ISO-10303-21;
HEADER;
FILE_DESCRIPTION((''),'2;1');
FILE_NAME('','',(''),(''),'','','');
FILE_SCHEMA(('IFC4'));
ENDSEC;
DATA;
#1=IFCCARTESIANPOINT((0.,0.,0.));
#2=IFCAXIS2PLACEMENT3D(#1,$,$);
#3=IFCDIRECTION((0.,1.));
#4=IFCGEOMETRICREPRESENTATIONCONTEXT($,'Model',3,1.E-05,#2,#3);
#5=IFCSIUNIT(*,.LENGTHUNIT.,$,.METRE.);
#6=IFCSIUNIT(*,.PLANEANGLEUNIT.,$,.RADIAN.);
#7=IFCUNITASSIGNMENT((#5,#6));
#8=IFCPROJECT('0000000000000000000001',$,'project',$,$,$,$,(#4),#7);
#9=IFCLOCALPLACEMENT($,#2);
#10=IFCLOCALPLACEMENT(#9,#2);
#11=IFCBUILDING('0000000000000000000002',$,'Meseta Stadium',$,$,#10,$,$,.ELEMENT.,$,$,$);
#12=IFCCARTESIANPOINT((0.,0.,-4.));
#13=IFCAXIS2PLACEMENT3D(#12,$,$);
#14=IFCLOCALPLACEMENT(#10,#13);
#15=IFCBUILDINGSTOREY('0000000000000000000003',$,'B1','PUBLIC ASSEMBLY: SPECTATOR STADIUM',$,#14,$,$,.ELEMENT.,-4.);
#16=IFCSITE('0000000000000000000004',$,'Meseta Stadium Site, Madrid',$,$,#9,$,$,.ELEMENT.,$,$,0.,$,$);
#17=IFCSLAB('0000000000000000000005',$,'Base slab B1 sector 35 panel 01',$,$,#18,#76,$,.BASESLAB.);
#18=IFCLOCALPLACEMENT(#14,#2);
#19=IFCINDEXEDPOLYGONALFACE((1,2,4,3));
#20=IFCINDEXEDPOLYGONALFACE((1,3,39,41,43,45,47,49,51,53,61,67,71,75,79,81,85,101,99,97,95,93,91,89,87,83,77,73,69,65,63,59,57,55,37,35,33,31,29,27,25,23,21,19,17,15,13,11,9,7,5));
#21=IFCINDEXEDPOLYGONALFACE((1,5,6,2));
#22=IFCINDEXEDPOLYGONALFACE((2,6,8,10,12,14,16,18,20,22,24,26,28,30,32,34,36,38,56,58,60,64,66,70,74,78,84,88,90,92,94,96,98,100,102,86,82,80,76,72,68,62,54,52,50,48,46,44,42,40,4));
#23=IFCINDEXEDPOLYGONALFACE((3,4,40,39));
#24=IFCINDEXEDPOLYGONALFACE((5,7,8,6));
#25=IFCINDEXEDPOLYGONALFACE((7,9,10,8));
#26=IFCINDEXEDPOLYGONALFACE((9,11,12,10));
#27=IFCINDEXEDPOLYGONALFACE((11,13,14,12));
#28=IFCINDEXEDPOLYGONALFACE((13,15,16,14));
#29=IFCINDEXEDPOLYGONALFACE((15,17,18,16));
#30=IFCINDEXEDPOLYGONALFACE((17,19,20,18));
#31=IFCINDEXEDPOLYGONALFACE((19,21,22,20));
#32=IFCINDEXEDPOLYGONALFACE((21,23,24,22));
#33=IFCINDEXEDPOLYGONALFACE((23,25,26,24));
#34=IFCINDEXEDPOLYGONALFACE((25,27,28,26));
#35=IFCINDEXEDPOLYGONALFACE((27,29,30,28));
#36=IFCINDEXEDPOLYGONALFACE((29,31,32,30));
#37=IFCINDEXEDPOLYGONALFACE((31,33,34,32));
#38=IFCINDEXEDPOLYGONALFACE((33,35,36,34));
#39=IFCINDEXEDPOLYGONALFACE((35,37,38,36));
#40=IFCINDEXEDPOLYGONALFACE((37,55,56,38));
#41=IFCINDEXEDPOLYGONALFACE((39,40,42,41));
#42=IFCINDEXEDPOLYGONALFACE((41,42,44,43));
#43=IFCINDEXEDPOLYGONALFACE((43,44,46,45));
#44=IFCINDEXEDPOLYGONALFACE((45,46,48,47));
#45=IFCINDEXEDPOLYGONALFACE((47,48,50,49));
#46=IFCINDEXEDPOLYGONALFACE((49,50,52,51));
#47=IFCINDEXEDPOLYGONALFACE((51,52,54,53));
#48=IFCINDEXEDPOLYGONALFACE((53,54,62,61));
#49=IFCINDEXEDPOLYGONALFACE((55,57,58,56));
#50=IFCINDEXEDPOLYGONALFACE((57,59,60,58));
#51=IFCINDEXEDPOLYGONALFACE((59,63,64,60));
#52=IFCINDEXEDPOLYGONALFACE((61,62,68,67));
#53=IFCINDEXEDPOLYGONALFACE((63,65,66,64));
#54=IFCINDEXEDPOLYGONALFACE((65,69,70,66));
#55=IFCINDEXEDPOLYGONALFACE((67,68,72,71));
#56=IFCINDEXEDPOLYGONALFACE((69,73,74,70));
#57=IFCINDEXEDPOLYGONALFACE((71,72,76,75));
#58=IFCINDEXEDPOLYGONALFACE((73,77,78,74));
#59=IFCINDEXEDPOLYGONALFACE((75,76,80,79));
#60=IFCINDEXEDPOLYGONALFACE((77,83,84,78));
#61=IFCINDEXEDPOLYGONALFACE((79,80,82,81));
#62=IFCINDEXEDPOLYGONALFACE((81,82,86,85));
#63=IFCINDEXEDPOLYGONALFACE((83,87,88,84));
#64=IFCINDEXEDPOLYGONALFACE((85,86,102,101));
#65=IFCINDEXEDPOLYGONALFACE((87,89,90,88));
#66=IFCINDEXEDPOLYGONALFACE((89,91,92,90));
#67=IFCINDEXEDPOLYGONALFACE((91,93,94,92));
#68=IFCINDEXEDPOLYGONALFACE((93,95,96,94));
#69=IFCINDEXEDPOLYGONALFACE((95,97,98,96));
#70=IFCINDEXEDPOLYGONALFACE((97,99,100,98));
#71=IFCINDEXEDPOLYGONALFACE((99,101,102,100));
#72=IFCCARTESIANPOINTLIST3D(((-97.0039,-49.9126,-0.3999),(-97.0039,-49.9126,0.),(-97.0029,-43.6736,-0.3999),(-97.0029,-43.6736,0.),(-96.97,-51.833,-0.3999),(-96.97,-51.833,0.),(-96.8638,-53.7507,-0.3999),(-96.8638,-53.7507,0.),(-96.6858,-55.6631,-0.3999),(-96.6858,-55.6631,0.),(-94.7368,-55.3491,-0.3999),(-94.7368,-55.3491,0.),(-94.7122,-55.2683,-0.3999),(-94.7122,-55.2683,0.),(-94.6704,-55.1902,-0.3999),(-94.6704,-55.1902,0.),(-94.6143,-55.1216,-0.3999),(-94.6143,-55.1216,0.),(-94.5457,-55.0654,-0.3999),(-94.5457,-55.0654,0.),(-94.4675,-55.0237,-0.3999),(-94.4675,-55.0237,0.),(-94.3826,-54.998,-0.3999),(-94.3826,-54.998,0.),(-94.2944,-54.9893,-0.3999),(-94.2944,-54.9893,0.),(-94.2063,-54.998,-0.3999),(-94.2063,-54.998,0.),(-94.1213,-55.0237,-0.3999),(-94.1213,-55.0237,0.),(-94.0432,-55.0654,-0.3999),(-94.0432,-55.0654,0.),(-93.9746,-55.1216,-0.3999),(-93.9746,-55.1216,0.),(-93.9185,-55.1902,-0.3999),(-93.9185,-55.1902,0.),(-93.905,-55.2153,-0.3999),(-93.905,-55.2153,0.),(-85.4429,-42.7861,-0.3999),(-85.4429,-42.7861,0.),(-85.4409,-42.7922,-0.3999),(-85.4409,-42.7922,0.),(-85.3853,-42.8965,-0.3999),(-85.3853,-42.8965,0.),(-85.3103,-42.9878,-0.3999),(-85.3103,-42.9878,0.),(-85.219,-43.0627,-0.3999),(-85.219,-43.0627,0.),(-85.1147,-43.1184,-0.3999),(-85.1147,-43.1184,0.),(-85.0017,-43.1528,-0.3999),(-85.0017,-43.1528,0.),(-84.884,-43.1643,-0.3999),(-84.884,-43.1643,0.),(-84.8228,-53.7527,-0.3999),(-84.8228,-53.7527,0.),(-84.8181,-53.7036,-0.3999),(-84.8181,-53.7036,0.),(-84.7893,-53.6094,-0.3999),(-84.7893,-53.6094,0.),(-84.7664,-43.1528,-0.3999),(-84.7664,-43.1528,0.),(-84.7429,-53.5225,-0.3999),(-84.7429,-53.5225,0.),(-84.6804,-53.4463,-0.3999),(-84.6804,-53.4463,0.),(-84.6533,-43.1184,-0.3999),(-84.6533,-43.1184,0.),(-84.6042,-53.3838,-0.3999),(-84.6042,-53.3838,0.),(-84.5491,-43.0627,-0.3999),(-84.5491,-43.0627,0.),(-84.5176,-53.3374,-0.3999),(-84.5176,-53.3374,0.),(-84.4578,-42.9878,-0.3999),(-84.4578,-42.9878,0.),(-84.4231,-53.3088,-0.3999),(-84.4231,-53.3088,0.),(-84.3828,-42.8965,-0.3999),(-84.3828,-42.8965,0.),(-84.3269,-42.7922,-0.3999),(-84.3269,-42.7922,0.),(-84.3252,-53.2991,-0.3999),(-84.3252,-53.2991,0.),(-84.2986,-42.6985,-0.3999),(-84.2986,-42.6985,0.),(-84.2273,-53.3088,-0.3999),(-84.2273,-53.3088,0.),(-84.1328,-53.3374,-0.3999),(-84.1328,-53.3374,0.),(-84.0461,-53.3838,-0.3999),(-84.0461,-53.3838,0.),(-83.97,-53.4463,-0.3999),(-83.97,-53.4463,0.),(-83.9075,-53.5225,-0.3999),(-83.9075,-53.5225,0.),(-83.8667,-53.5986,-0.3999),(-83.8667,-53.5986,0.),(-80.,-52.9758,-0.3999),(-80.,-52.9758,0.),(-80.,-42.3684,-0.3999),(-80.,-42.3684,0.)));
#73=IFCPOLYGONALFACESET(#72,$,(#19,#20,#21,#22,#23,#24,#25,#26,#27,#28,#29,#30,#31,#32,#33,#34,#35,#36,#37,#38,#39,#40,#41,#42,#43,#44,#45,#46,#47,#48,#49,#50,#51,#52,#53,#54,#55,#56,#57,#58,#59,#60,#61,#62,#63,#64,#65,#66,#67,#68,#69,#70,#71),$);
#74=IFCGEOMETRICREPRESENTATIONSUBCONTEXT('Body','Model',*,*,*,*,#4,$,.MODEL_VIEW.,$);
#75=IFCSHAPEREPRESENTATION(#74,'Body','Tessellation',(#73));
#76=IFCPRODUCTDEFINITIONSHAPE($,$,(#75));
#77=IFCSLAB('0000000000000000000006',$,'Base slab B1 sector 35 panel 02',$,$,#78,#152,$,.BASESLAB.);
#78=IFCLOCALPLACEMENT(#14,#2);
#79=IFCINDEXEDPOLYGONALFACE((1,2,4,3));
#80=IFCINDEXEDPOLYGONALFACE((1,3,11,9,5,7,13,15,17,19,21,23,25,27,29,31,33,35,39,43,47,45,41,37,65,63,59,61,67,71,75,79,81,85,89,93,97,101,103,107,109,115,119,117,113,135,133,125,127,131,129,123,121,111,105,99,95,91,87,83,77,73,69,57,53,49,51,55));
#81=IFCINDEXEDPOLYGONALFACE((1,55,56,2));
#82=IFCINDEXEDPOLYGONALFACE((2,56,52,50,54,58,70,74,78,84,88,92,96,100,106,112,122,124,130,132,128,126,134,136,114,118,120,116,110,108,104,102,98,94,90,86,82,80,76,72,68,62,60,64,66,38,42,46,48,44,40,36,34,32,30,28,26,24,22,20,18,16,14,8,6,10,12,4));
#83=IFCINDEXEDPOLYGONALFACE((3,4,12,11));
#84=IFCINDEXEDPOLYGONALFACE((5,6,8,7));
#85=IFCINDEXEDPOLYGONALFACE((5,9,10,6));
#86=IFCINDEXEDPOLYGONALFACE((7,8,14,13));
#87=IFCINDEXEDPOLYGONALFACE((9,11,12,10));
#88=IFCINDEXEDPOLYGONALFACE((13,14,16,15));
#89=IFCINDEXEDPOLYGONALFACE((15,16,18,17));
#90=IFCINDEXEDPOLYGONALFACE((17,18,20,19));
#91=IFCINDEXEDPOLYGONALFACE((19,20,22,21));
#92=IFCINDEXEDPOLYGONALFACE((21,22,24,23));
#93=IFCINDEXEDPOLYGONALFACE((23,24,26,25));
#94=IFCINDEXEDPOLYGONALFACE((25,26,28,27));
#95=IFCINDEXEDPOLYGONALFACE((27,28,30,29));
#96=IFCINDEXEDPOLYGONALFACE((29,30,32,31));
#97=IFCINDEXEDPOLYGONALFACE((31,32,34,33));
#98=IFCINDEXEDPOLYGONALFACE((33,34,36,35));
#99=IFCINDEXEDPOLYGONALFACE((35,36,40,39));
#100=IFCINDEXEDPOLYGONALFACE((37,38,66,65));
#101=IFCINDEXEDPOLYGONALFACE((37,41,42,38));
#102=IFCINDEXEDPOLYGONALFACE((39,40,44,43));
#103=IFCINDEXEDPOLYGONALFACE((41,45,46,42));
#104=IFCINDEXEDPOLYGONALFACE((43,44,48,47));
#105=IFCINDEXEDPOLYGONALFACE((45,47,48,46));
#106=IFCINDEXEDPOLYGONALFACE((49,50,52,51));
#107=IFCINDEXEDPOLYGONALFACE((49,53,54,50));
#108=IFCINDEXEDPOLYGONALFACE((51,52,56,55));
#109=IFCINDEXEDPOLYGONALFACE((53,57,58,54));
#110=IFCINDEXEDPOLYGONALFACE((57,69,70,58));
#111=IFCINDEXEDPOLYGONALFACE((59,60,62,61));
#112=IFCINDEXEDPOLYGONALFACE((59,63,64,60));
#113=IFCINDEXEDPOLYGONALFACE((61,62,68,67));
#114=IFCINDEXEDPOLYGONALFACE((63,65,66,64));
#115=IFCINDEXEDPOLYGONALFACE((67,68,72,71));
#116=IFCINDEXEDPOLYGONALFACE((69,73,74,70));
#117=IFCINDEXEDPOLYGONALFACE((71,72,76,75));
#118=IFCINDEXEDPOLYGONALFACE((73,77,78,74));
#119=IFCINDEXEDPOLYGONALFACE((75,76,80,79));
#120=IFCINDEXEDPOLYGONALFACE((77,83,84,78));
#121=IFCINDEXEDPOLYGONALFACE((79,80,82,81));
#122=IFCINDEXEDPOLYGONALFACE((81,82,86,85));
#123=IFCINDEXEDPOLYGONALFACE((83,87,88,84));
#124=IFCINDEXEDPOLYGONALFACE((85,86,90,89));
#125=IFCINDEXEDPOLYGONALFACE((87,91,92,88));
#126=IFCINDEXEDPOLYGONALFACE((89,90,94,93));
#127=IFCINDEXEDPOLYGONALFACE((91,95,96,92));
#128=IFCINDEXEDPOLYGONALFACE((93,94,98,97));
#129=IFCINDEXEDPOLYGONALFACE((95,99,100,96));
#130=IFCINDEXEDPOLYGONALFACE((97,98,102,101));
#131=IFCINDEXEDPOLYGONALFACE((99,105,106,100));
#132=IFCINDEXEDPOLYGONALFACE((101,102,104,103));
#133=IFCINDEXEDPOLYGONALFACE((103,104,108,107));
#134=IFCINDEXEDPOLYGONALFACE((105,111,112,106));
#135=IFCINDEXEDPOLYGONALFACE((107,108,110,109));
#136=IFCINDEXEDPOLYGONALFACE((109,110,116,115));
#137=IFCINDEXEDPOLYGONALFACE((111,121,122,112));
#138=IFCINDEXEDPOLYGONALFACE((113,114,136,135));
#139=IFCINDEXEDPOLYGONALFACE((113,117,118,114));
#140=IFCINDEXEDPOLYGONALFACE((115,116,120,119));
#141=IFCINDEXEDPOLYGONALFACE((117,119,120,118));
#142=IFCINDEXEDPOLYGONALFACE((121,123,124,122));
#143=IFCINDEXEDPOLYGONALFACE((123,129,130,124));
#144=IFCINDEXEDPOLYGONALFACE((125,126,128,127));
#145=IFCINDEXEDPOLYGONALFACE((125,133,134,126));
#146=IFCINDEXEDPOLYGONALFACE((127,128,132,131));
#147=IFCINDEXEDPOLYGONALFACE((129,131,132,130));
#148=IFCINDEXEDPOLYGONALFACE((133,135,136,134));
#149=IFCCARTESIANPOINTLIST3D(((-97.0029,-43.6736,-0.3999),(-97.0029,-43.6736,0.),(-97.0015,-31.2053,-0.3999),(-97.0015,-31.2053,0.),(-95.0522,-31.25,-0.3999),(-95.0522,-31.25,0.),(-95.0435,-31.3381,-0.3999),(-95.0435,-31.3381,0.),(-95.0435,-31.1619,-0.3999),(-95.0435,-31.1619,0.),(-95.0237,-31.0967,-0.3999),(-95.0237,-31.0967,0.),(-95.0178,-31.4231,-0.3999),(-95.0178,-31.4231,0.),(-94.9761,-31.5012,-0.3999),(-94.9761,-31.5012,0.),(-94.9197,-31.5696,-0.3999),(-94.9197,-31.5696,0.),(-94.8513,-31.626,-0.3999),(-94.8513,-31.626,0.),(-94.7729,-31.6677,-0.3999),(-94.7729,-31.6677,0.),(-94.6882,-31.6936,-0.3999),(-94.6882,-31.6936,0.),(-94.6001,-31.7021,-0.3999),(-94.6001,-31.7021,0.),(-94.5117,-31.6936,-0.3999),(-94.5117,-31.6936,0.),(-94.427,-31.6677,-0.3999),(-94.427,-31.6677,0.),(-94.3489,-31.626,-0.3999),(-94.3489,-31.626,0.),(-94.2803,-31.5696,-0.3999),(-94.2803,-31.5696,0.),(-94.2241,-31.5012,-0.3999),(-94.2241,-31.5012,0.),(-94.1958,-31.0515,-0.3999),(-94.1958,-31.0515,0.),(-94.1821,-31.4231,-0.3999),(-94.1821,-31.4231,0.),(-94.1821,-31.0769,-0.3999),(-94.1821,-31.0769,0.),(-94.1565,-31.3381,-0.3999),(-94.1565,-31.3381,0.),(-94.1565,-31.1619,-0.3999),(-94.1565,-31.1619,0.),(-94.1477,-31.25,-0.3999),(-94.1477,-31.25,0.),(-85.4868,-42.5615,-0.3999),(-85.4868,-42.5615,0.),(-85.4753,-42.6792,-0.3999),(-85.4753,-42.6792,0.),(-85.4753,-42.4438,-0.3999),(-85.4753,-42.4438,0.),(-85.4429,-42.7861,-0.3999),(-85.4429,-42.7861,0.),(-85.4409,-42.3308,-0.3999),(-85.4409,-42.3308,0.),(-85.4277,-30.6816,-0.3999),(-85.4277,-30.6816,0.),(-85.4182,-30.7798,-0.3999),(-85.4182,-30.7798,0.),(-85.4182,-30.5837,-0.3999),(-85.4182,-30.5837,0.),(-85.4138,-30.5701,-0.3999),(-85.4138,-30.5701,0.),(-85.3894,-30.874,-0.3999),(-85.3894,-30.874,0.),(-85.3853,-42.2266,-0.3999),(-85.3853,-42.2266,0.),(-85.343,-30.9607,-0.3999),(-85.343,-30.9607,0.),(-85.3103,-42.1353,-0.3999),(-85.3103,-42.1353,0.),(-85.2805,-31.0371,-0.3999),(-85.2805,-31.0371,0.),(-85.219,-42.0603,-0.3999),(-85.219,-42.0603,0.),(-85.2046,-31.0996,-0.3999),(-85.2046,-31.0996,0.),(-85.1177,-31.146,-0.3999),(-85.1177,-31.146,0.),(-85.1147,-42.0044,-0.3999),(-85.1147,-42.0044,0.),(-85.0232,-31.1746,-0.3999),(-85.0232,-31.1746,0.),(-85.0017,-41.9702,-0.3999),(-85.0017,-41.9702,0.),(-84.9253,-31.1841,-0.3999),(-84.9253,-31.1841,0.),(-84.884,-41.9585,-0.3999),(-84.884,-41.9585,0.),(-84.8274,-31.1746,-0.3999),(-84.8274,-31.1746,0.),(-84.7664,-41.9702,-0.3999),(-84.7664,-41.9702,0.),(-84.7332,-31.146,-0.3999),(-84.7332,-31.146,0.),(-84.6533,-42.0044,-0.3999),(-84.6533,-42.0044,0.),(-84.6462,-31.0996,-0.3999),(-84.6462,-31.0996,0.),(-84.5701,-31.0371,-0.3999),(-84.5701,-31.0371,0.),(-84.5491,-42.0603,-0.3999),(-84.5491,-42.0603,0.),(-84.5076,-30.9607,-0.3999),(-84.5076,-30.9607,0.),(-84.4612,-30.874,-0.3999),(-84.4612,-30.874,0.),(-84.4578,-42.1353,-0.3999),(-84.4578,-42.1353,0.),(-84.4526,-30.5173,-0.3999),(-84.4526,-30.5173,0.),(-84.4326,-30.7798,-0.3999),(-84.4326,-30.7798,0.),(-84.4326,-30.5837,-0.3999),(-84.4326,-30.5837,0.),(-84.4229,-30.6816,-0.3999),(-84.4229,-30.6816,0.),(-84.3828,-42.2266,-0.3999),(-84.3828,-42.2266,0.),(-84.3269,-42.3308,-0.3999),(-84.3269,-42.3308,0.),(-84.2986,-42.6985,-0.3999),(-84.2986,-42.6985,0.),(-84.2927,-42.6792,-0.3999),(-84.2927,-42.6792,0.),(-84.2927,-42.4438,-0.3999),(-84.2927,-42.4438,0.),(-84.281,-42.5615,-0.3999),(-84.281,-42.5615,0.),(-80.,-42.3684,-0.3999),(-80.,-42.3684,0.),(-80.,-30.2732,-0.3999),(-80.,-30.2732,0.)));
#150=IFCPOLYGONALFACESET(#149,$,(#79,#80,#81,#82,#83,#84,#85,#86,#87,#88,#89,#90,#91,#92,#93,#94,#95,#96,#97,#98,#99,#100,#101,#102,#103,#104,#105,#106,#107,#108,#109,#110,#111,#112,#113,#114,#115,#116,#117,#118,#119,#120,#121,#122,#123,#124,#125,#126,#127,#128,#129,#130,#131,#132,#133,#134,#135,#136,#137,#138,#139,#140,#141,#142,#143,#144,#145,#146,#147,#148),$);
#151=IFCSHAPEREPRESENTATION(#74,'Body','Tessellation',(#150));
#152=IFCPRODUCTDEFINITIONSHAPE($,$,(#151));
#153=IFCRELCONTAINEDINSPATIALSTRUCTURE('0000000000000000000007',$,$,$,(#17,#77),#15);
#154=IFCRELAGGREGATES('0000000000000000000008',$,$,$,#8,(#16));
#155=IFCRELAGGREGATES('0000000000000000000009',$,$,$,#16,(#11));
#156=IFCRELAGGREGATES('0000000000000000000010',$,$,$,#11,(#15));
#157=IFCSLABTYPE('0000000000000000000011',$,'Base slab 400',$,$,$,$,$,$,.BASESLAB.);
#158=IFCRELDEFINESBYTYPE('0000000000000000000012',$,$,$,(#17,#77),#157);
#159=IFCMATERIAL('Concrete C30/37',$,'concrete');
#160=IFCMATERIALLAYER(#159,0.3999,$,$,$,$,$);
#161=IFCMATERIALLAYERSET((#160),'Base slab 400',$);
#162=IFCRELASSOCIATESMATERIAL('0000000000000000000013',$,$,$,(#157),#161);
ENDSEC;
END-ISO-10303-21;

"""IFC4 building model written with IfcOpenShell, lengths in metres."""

from ifc_helpers import new_model, si_unit, direction, frame, origin, place, context, subcontext, project, spatial, polyline, outline, extrude, material, layer, layer_set, type_object, element, save


model = new_model("IFC4")

# Units and contexts
model_context = context("Model", 3, precision=1e-05, world=origin(), true_north=direction((0.0, 1.0)))
body_context = subcontext(model_context, "Body", "Model", "MODEL_VIEW")
ifc_project = project(units=[si_unit("LENGTHUNIT", "METRE"), si_unit("PLANEANGLEUNIT", "RADIAN")], contexts=[model_context])

# Site, building, storey
site_placement = place(None, origin())
site = spatial("IfcSite", under=ifc_project, at=site_placement, Name="Meseta Stadium Site, Madrid", CompositionType="ELEMENT", RefElevation=0.0)
building_placement = place(site_placement, origin())
building = spatial("IfcBuilding", under=site, at=building_placement, Name="Meseta Stadium", CompositionType="ELEMENT")
storey_placement = place(building_placement, frame((0.0, 0.0, -4.0)))
storey = spatial("IfcBuildingStorey", under=building, at=storey_placement, Name="B1", Description="PUBLIC ASSEMBLY: SPECTATOR STADIUM", CompositionType="ELEMENT", Elevation=-4.0)

# Slabs
ifc_material = material(Name="Concrete C30/37", Category="concrete")
ifc_layer = layer(ifc_material, 0.3999)
ifc_layer_set = layer_set([ifc_layer], Name="Base slab 400")
slab_type = type_object("IfcSlabType", Name="Base slab 400", PredefinedType="BASESLAB", material=ifc_layer_set)
slab_1_placement = place(storey_placement, frame((0.0, 0.0, -0.3999)))
element("IfcSlab", 1, at=slab_1_placement, inside=storey, type_object=slab_type, Name="Base slab B1 sector 35 panel 01", PredefinedType="BASESLAB", context=body_context, shape_type="SweptSolid", body=[
    extrude(outline(polyline([(-83.8667, -53.5986), (-80.0, -52.9758), (-80.0, -42.3684), (-84.2986, -42.6985), (-84.3269, -42.7922), (-84.3828, -42.8965), (-84.4578, -42.9878), (-84.5491, -43.0627), (-84.6533, -43.1184), (-84.7664, -43.1528), (-84.884, -43.1643), (-85.0017, -43.1528), (-85.1147, -43.1184), (-85.219, -43.0627), (-85.3103, -42.9878), (-85.3853, -42.8965), (-85.4409, -42.7922), (-85.4429, -42.7861), (-97.0029, -43.6736), (-97.0039, -49.9126), (-96.97, -51.833), (-96.8638, -53.7507), (-96.6858, -55.6631), (-94.7368, -55.3491), (-94.7122, -55.2683), (-94.6704, -55.1902), (-94.6143, -55.1216), (-94.5457, -55.0654), (-94.4675, -55.0237), (-94.3826, -54.998), (-94.2944, -54.9893), (-94.2063, -54.998), (-94.1213, -55.0237), (-94.0432, -55.0654), (-93.9746, -55.1216), (-93.9185, -55.1902), (-93.905, -55.2153), (-84.8228, -53.7527), (-84.8181, -53.7036), (-84.7893, -53.6094), (-84.7429, -53.5225), (-84.6804, -53.4463), (-84.6042, -53.3838), (-84.5176, -53.3374), (-84.4231, -53.3088), (-84.3252, -53.2991), (-84.2273, -53.3088), (-84.1328, -53.3374), (-84.0461, -53.3838), (-83.97, -53.4463), (-83.9075, -53.5225), (-83.8667, -53.5986)])), origin(), (0.0, 0.0, 1.0), 0.3999),
])
slab_2_placement = place(storey_placement, frame((0.0, 0.0, -0.3999)))
element("IfcSlab", 2, at=slab_2_placement, inside=storey, type_object=slab_type, Name="Base slab B1 sector 35 panel 02", PredefinedType="BASESLAB", context=body_context, shape_type="SweptSolid", body=[
    extrude(outline(polyline([(-84.2986, -42.6985), (-80.0, -42.3684), (-80.0, -30.2732), (-84.4526, -30.5173), (-84.4326, -30.5837), (-84.4229, -30.6816), (-84.4326, -30.7798), (-84.4612, -30.874), (-84.5076, -30.9607), (-84.5701, -31.0371), (-84.6462, -31.0996), (-84.7332, -31.146), (-84.8274, -31.1746), (-84.9253, -31.1841), (-85.0232, -31.1746), (-85.1177, -31.146), (-85.2046, -31.0996), (-85.2805, -31.0371), (-85.343, -30.9607), (-85.3894, -30.874), (-85.4182, -30.7798), (-85.4277, -30.6816), (-85.4182, -30.5837), (-85.4138, -30.5701), (-94.1958, -31.0515), (-94.1821, -31.0769), (-94.1565, -31.1619), (-94.1477, -31.25), (-94.1565, -31.3381), (-94.1821, -31.4231), (-94.2241, -31.5012), (-94.2803, -31.5696), (-94.3489, -31.626), (-94.427, -31.6677), (-94.5117, -31.6936), (-94.6001, -31.7021), (-94.6882, -31.6936), (-94.7729, -31.6677), (-94.8513, -31.626), (-94.9197, -31.5696), (-94.9761, -31.5012), (-95.0178, -31.4231), (-95.0435, -31.3381), (-95.0522, -31.25), (-95.0435, -31.1619), (-95.0237, -31.0967), (-97.0015, -31.2053), (-97.0029, -43.6736), (-85.4429, -42.7861), (-85.4753, -42.6792), (-85.4868, -42.5615), (-85.4753, -42.4438), (-85.4409, -42.3308), (-85.3853, -42.2266), (-85.3103, -42.1353), (-85.219, -42.0603), (-85.1147, -42.0044), (-85.0017, -41.9702), (-84.884, -41.9585), (-84.7664, -41.9702), (-84.6533, -42.0044), (-84.5491, -42.0603), (-84.4578, -42.1353), (-84.3828, -42.2266), (-84.3269, -42.3308), (-84.2927, -42.4438), (-84.281, -42.5615), (-84.2927, -42.6792), (-84.2986, -42.6985)])), origin(), (0.0, 0.0, 1.0), 0.3999),
])

save(model, "model.ifc")
